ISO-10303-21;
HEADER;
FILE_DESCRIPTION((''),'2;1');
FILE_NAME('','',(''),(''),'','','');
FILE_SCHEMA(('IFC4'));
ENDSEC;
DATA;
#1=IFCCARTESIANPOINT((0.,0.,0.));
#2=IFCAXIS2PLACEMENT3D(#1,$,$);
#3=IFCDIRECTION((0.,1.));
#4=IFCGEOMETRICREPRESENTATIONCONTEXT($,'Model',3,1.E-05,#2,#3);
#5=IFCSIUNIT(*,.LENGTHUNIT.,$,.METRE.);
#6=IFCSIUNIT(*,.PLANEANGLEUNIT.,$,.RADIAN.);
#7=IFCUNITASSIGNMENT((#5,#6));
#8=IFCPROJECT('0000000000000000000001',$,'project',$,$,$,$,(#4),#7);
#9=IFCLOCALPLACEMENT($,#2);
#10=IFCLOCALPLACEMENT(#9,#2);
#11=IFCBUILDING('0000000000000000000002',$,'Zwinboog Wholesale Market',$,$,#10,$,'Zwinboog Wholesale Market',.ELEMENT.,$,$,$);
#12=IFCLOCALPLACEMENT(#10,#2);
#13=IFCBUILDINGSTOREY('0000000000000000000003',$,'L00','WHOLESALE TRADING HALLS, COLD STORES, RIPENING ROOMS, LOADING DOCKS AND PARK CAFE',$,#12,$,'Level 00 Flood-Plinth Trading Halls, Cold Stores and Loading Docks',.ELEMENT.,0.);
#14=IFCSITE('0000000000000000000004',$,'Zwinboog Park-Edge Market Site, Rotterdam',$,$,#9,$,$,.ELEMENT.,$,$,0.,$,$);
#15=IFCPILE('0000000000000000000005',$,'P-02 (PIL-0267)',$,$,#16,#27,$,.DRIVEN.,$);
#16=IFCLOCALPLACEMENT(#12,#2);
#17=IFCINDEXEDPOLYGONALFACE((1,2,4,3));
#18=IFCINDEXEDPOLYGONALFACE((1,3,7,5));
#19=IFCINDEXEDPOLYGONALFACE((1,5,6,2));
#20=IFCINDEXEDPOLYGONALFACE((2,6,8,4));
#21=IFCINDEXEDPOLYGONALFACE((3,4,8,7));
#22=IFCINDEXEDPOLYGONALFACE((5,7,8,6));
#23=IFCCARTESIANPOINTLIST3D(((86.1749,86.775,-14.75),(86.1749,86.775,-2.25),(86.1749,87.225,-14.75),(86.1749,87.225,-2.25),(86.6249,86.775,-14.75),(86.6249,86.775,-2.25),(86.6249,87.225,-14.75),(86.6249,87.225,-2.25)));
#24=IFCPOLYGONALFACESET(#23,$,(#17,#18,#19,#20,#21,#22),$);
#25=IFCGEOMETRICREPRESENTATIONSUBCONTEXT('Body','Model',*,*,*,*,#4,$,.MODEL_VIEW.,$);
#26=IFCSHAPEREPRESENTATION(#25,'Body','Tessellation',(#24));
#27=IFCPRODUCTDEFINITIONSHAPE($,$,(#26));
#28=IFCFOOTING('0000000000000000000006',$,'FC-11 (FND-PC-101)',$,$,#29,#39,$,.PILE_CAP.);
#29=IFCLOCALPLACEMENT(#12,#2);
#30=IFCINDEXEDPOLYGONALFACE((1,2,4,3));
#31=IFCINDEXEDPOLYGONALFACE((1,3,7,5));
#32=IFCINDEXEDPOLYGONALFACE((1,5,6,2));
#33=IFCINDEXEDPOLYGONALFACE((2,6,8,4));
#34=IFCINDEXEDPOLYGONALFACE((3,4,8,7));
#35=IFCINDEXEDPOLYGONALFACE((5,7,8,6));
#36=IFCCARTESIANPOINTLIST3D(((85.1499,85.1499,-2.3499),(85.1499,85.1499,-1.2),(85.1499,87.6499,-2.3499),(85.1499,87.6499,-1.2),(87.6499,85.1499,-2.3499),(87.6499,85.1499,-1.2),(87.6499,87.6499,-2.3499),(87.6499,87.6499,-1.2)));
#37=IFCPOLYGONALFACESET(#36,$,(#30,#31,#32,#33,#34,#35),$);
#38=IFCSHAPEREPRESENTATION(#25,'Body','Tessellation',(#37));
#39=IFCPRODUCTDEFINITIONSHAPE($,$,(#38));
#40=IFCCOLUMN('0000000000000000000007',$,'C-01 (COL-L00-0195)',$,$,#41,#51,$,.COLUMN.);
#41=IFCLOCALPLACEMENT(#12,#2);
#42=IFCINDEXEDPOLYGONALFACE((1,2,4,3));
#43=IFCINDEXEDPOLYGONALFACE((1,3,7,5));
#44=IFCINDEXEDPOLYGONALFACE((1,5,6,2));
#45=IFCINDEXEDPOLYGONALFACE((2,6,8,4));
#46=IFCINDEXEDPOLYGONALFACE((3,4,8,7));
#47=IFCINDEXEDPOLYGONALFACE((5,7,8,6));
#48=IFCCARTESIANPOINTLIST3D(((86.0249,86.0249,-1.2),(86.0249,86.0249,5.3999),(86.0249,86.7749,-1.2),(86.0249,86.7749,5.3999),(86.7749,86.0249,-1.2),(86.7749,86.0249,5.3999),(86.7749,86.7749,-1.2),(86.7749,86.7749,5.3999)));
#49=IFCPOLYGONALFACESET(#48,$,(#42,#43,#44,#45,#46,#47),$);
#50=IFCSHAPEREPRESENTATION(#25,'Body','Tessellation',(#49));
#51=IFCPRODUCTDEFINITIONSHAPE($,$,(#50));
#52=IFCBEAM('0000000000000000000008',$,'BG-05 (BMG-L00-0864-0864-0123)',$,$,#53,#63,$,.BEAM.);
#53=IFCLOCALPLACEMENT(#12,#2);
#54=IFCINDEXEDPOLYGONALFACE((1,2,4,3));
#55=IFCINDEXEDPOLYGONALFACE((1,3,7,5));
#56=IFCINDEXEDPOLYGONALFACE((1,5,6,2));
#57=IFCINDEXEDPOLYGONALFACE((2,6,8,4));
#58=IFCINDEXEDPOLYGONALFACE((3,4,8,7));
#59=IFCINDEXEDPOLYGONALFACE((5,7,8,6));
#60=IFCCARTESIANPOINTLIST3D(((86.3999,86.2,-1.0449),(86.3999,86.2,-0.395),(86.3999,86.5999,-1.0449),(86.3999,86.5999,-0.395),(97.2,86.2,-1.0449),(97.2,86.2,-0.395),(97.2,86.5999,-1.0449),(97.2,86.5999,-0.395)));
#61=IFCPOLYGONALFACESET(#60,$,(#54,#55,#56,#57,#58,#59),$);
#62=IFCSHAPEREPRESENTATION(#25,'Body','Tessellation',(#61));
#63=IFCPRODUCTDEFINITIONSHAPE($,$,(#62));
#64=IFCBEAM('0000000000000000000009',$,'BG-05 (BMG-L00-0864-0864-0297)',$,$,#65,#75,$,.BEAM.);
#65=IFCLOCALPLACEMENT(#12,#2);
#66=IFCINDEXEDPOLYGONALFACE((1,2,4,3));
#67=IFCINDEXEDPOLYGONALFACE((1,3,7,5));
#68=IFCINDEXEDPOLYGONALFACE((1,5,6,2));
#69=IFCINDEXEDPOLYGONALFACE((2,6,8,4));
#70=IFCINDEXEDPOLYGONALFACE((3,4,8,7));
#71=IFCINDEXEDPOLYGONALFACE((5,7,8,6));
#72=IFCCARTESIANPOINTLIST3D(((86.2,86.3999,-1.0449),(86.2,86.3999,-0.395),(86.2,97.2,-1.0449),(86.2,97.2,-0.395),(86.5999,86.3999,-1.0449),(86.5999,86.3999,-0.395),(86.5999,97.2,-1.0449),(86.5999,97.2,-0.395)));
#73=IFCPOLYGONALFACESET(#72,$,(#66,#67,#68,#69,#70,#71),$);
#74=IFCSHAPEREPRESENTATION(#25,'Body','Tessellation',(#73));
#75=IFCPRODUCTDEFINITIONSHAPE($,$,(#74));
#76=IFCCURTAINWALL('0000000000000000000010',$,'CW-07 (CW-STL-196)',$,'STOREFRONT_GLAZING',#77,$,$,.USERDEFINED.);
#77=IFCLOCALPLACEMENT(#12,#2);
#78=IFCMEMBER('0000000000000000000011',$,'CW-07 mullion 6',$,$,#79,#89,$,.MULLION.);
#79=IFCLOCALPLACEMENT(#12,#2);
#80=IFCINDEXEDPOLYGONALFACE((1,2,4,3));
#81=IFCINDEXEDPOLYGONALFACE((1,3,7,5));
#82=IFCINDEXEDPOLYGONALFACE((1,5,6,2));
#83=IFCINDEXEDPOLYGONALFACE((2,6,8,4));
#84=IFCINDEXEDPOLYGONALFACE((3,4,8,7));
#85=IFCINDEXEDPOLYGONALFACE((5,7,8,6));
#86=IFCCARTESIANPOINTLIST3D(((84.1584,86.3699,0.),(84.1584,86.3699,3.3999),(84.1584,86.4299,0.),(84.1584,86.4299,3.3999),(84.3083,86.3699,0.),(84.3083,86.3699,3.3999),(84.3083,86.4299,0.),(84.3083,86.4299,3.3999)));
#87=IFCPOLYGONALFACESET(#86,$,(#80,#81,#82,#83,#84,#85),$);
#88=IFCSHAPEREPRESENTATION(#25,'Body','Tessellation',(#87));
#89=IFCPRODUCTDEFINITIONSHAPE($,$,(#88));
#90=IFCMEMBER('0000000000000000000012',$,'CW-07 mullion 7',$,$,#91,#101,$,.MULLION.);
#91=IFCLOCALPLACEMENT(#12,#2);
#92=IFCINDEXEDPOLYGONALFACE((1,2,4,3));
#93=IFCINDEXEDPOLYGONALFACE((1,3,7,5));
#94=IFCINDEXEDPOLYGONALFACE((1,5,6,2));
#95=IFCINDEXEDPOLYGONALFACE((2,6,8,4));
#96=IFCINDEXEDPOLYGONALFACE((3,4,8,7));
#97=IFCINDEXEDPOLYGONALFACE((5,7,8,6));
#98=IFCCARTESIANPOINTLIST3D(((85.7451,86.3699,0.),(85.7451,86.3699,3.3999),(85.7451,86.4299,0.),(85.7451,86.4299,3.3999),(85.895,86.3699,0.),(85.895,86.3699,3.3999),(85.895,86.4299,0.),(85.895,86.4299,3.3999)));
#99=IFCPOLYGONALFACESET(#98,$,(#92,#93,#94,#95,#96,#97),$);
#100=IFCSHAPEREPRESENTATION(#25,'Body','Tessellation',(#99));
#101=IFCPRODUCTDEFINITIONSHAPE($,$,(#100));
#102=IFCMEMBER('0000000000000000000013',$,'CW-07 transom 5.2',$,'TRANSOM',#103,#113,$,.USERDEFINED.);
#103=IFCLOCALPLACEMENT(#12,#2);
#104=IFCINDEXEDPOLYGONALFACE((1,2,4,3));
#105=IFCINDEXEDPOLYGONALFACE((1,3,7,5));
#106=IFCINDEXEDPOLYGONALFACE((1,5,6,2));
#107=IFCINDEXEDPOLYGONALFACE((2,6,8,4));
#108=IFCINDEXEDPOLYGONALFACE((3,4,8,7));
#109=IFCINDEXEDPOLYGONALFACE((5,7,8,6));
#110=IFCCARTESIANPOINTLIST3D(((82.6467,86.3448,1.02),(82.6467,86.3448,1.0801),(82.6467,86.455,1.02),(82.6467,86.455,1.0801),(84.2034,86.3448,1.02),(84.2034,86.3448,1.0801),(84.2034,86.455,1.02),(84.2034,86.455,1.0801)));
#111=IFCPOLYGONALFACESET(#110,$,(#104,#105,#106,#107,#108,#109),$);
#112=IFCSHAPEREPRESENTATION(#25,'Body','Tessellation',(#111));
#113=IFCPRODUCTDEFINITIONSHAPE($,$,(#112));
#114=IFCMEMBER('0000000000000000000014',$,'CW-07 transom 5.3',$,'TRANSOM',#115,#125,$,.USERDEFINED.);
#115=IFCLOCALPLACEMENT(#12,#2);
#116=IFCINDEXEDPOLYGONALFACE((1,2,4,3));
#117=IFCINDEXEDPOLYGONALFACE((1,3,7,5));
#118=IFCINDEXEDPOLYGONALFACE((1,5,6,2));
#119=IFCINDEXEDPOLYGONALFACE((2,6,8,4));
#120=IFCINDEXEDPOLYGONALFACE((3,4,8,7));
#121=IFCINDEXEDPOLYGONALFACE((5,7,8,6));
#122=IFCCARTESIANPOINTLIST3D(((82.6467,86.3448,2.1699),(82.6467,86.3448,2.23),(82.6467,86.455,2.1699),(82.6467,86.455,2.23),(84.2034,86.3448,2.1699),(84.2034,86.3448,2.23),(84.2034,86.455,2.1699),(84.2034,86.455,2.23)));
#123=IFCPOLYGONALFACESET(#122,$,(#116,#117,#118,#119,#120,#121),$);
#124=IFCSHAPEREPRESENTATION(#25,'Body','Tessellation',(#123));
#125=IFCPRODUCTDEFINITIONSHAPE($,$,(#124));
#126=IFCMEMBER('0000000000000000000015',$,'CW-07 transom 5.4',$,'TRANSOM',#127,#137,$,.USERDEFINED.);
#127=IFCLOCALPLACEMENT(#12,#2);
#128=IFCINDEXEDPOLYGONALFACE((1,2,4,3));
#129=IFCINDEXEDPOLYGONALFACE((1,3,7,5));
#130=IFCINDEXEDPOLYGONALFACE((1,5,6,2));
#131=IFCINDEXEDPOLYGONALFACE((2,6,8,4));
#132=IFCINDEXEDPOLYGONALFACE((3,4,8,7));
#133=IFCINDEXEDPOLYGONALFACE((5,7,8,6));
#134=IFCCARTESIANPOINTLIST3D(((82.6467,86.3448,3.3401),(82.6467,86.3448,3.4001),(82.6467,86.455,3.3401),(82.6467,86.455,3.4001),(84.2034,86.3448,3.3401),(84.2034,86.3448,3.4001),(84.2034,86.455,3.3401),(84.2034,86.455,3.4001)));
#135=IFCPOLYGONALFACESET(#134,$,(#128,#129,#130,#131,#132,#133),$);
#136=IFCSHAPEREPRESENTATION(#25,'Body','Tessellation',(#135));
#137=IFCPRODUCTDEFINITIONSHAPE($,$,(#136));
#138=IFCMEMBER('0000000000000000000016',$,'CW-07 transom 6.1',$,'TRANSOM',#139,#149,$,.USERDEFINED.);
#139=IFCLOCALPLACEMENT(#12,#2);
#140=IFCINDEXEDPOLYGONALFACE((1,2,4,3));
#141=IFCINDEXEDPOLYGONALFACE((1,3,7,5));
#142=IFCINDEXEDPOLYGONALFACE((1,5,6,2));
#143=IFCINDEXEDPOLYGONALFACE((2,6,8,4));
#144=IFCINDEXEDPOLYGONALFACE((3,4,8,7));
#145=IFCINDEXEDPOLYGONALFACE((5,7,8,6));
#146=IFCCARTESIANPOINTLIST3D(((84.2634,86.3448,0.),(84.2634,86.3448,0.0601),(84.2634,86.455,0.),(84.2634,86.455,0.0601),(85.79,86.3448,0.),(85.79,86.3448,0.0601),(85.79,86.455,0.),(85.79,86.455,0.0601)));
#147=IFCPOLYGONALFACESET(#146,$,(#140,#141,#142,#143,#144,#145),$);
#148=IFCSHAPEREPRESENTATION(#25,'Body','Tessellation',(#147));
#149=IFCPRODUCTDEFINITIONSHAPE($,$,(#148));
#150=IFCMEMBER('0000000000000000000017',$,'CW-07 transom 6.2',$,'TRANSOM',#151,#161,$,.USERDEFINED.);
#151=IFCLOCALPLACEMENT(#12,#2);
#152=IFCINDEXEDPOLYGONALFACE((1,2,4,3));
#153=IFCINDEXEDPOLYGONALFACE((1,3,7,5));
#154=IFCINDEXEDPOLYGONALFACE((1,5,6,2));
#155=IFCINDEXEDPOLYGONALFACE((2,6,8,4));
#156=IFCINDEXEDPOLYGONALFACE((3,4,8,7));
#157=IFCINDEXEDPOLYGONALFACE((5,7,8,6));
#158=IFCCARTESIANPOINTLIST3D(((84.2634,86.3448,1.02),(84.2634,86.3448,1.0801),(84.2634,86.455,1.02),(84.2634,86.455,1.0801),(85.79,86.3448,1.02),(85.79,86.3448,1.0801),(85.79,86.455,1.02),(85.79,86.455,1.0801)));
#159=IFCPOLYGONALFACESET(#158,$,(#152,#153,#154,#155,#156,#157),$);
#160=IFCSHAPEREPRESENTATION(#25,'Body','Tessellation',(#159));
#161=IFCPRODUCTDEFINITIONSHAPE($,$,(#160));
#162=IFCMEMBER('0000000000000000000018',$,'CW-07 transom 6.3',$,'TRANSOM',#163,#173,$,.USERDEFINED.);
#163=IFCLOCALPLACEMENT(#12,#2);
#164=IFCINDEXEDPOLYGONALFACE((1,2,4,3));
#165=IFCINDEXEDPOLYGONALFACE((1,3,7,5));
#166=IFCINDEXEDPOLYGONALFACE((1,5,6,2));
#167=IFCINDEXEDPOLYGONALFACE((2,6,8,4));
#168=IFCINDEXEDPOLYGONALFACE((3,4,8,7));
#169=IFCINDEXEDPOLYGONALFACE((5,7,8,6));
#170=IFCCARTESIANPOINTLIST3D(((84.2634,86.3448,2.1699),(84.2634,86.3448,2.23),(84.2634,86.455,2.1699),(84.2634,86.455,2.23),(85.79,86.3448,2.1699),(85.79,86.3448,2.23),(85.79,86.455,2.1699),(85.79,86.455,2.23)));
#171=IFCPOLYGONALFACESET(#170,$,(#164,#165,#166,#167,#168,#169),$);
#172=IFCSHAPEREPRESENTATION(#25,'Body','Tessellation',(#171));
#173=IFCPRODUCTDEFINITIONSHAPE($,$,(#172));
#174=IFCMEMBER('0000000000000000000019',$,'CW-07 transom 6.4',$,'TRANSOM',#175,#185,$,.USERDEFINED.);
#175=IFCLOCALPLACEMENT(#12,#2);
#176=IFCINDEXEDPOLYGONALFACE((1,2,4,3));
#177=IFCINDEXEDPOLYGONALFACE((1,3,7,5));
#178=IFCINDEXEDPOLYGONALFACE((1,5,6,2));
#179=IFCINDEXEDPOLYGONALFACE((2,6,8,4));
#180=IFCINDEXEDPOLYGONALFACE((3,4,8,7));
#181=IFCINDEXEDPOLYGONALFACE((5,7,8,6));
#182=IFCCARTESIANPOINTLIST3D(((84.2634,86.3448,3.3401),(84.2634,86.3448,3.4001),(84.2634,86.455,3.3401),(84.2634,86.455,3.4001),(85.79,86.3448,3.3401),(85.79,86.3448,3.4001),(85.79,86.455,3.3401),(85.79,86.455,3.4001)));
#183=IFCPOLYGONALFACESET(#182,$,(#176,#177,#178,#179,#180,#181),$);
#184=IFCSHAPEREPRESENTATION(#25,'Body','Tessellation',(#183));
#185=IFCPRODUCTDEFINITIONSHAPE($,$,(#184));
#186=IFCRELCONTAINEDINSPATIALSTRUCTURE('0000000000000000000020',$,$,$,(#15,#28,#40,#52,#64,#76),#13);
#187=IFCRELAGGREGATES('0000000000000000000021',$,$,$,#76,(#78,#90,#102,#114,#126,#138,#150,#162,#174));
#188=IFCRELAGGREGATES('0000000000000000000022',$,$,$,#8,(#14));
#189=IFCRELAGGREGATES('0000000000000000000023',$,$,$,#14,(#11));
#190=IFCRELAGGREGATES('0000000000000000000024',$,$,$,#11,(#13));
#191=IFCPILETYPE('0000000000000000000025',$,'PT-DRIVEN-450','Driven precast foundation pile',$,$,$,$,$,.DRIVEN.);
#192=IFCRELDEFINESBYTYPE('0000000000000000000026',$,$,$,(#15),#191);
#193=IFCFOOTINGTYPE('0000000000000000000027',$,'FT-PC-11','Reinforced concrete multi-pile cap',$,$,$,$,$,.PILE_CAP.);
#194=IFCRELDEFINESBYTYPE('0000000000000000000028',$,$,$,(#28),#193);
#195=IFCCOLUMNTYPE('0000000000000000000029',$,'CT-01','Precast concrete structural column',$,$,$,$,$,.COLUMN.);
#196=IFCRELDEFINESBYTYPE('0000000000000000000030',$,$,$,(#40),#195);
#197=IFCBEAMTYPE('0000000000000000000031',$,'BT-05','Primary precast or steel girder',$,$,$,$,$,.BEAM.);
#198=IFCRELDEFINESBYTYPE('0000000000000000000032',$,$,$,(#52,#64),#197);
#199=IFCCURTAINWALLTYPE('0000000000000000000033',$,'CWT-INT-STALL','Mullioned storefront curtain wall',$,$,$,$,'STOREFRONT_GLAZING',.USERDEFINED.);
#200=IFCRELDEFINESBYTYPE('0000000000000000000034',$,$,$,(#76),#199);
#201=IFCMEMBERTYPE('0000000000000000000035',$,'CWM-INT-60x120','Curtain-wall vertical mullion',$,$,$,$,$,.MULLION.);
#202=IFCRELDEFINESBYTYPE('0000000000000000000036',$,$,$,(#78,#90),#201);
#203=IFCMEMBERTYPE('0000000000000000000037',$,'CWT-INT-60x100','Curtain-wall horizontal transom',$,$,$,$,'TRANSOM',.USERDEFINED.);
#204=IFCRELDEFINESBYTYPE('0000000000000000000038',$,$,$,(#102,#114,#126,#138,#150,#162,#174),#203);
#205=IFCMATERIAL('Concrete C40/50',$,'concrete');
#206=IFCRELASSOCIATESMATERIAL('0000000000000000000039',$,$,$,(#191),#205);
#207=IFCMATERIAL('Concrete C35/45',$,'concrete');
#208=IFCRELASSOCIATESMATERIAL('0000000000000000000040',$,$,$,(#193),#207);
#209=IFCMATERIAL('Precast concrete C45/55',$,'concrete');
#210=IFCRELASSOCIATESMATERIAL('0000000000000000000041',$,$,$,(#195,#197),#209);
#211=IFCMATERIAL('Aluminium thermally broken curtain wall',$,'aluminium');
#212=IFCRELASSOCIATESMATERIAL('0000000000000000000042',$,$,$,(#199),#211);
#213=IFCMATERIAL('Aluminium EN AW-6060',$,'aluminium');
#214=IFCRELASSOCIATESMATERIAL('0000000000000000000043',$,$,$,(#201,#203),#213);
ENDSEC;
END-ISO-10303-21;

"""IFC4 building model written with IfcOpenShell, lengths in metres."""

from ifc_helpers import new_model, si_unit, direction, frame, origin, origin_2d, place, context, subcontext, project, spatial, rectangle, extrude, material, material_profile, profile_set, type_object, element, aggregate, save


model = new_model("IFC4")

# Units and contexts
model_context = context("Model", 3, precision=1e-05, world=origin(), true_north=direction((0.0, 1.0)))
body_context = subcontext(model_context, "Body", "Model", "MODEL_VIEW")
ifc_project = project(units=[si_unit("LENGTHUNIT", "METRE"), si_unit("PLANEANGLEUNIT", "RADIAN")], contexts=[model_context])

# Site, building, storey
site_placement = place(None, origin())
site = spatial("IfcSite", under=ifc_project, at=site_placement, Name="Zwinboog Park-Edge Market Site, Rotterdam", CompositionType="ELEMENT", RefElevation=0.0)
building_placement = place(site_placement, origin())
building = spatial("IfcBuilding", under=site, at=building_placement, Name="Zwinboog Wholesale Market", LongName="Zwinboog Wholesale Market", CompositionType="ELEMENT")
storey_placement = place(building_placement, origin())
storey = spatial("IfcBuildingStorey", under=building, at=storey_placement, Name="L00", Description="WHOLESALE TRADING HALLS, COLD STORES, RIPENING ROOMS, LOADING DOCKS AND PARK CAFE", LongName="Level 00 Flood-Plinth Trading Halls, Cold Stores and Loading Docks", CompositionType="ELEMENT", Elevation=0.0)

# Pile
ifc_material_1 = material(Name="Concrete C40/50", Category="concrete")
ifc_material_profile_1 = material_profile(ifc_material_1, rectangle(XDim=0.45, YDim=0.45, at=origin_2d()), Name="PILE SQ450")
ifc_profile_set_1 = profile_set([ifc_material_profile_1], Name="Concrete C40/50")
pile_type = type_object("IfcPileType", Name="PT-DRIVEN-450", Description="Driven precast foundation pile", PredefinedType="DRIVEN", material=ifc_profile_set_1)
pile_placement = place(storey_placement, frame((86.3999, 87.0, -2.25), z_axis=(0.0, 0.0, -1.0), x_axis=(1.0, 0.0, 0.0)))
element("IfcPile", 1, at=pile_placement, inside=storey, type_object=pile_type, Name="P-02 (PIL-0267)", PredefinedType="DRIVEN", context=body_context, shape_type="SweptSolid", body=[
    extrude(rectangle(XDim=0.45, YDim=0.45, at=origin_2d()), origin(), (0.0, 0.0, 1.0), 12.5),
])

# Footing
ifc_material_2 = material(Name="Concrete C35/45", Category="concrete")
footing_type = type_object("IfcFootingType", Name="FT-PC-11", Description="Reinforced concrete multi-pile cap", PredefinedType="PILE_CAP", material=ifc_material_2)
footing_placement = place(storey_placement, frame((86.3999, 86.3999, -2.3499), z_axis=(0.0, 0.0, 1.0), x_axis=(1.0, 0.0, 0.0)))
element("IfcFooting", 2, at=footing_placement, inside=storey, type_object=footing_type, Name="FC-11 (FND-PC-101)", PredefinedType="PILE_CAP", context=body_context, shape_type="SweptSolid", body=[
    extrude(rectangle(XDim=2.5, YDim=2.5, at=origin_2d()), origin(), (0.0, 0.0, 1.0), 1.1499),
])

# Column
ifc_material_3 = material(Name="Precast concrete C45/55", Category="concrete")
ifc_material_profile_2 = material_profile(ifc_material_3, rectangle(XDim=0.75, YDim=0.75, at=origin_2d()), Name="PC 750x750")
ifc_profile_set_2 = profile_set([ifc_material_profile_2], Name="Precast concrete C45/55")
column_type = type_object("IfcColumnType", Name="CT-01", Description="Precast concrete structural column", PredefinedType="COLUMN", material=ifc_profile_set_2)
column_placement = place(storey_placement, frame((86.3999, 86.3999, -1.2), z_axis=(0.0, 0.0, 1.0), x_axis=(1.0, 0.0, 0.0)))
element("IfcColumn", 3, at=column_placement, inside=storey, type_object=column_type, Name="C-01 (COL-L00-0195)", PredefinedType="COLUMN", context=body_context, shape_type="SweptSolid", body=[
    extrude(rectangle(XDim=0.75, YDim=0.75, at=origin_2d()), origin(), (0.0, 0.0, 1.0), 6.5999),
])

# Beams
ifc_material_profile_3 = material_profile(ifc_material_3, rectangle(XDim=0.3999, YDim=0.6499, at=origin_2d()), Name="PC 400x650")
ifc_profile_set_3 = profile_set([ifc_material_profile_3], Name="Precast concrete C45/55")
beam_type = type_object("IfcBeamType", Name="BT-05", Description="Primary precast or steel girder", PredefinedType="BEAM", material=ifc_profile_set_3)
for number, where, z_axis, x_axis, name in (
    (4, (86.3999, 86.3999, -0.72), (1.0, 0.0, 0.0), (0.0, 1.0, 0.0), "BG-05 (BMG-L00-0864-0864-0123)"),
    (5, (86.3999, 86.3999, -0.72), (0.0, 1.0, 0.0), (-1.0, 0.0, 0.0), "BG-05 (BMG-L00-0864-0864-0297)"),
):
    element("IfcBeam", number, at=place(storey_placement, frame(where, z_axis=z_axis, x_axis=x_axis)), inside=storey, type_object=beam_type, Name=name, PredefinedType="BEAM", context=body_context, shape_type="SweptSolid", body=[
        extrude(rectangle(XDim=0.3999, YDim=0.6499, at=origin_2d()), origin(), (0.0, 0.0, 1.0), 10.8),
    ])

# Curtain wall, members
ifc_material_4 = material(Name="Aluminium thermally broken curtain wall", Category="aluminium")
curtain_wall_type = type_object("IfcCurtainWallType", Name="CWT-INT-STALL", Description="Mullioned storefront curtain wall", ElementType="STOREFRONT_GLAZING", PredefinedType="USERDEFINED", material=ifc_material_4)
curtain_wall_1_placement = place(storey_placement, origin())
curtain_wall_1 = element("IfcCurtainWall", 6, at=curtain_wall_1_placement, inside=storey, type_object=curtain_wall_type, Name="CW-07 (CW-STL-196)", ObjectType="STOREFRONT_GLAZING", PredefinedType="USERDEFINED")
ifc_material_5 = material(Name="Aluminium EN AW-6060", Category="aluminium")
ifc_material_profile_4 = material_profile(ifc_material_5, rectangle(XDim=0.0601, YDim=0.1499, at=origin_2d()), Name="AL 60x150")
ifc_profile_set_4 = profile_set([ifc_material_profile_4], Name="Aluminium EN AW-6060")
member_type_1 = type_object("IfcMemberType", Name="CWM-INT-60x120", Description="Curtain-wall vertical mullion", PredefinedType="MULLION", material=ifc_profile_set_4)
member_1_placement = place(storey_placement, frame((84.2334, 86.3999, 0.0), z_axis=(0.0, 0.0, 1.0), x_axis=(0.0, 1.0, 0.0)))
member_1 = element("IfcMember", 7, at=member_1_placement, type_object=member_type_1, Name="CW-07 mullion 6", PredefinedType="MULLION", context=body_context, shape_type="SweptSolid", body=[
    extrude(rectangle(XDim=0.0601, YDim=0.1499, at=origin_2d()), origin(), (0.0, 0.0, 1.0), 3.3999),
])
member_2_placement = place(storey_placement, frame((85.8201, 86.3999, 0.0), z_axis=(0.0, 0.0, 1.0), x_axis=(0.0, 1.0, 0.0)))
member_2 = element("IfcMember", 8, at=member_2_placement, type_object=member_type_1, Name="CW-07 mullion 7", PredefinedType="MULLION", context=body_context, shape_type="SweptSolid", body=[
    extrude(rectangle(XDim=0.0601, YDim=0.1499, at=origin_2d()), origin(), (0.0, 0.0, 1.0), 3.3999),
])
ifc_material_profile_5 = material_profile(ifc_material_5, rectangle(XDim=0.1101, YDim=0.0601, at=origin_2d()), Name="AL 60x110")
ifc_profile_set_5 = profile_set([ifc_material_profile_5], Name="Aluminium EN AW-6060")
member_type_2 = type_object("IfcMemberType", Name="CWT-INT-60x100", Description="Curtain-wall horizontal transom", ElementType="TRANSOM", PredefinedType="USERDEFINED", material=ifc_profile_set_5)
member_3_placement = place(storey_placement, frame((82.6467, 86.3999, 1.05), z_axis=(1.0, 0.0, 0.0), x_axis=(0.0, 1.0, 0.0)))
member_3 = element("IfcMember", 9, at=member_3_placement, type_object=member_type_2, Name="CW-07 transom 5.2", ObjectType="TRANSOM", PredefinedType="USERDEFINED", context=body_context, shape_type="SweptSolid", body=[
    extrude(rectangle(XDim=0.1101, YDim=0.0601, at=origin_2d()), origin(), (0.0, 0.0, 1.0), 1.5566),
])
member_4_placement = place(storey_placement, frame((82.6467, 86.3999, 2.2), z_axis=(1.0, 0.0, 0.0), x_axis=(0.0, 1.0, 0.0)))
member_4 = element("IfcMember", 10, at=member_4_placement, type_object=member_type_2, Name="CW-07 transom 5.3", ObjectType="TRANSOM", PredefinedType="USERDEFINED", context=body_context, shape_type="SweptSolid", body=[
    extrude(rectangle(XDim=0.1101, YDim=0.0601, at=origin_2d()), origin(), (0.0, 0.0, 1.0), 1.5566),
])
member_5_placement = place(storey_placement, frame((82.6467, 86.3999, 3.3701), z_axis=(1.0, 0.0, 0.0), x_axis=(0.0, 1.0, 0.0)))
member_5 = element("IfcMember", 11, at=member_5_placement, type_object=member_type_2, Name="CW-07 transom 5.4", ObjectType="TRANSOM", PredefinedType="USERDEFINED", context=body_context, shape_type="SweptSolid", body=[
    extrude(rectangle(XDim=0.1101, YDim=0.0601, at=origin_2d()), origin(), (0.0, 0.0, 1.0), 1.5566),
])
member_6_placement = place(storey_placement, frame((84.2634, 86.3999, 0.03), z_axis=(1.0, 0.0, 0.0), x_axis=(0.0, 1.0, 0.0)))
member_6 = element("IfcMember", 12, at=member_6_placement, type_object=member_type_2, Name="CW-07 transom 6.1", ObjectType="TRANSOM", PredefinedType="USERDEFINED", context=body_context, shape_type="SweptSolid", body=[
    extrude(rectangle(XDim=0.1101, YDim=0.0601, at=origin_2d()), origin(), (0.0, 0.0, 1.0), 1.5266),
])
member_7_placement = place(storey_placement, frame((84.2634, 86.3999, 1.05), z_axis=(1.0, 0.0, 0.0), x_axis=(0.0, 1.0, 0.0)))
member_7 = element("IfcMember", 13, at=member_7_placement, type_object=member_type_2, Name="CW-07 transom 6.2", ObjectType="TRANSOM", PredefinedType="USERDEFINED", context=body_context, shape_type="SweptSolid", body=[
    extrude(rectangle(XDim=0.1101, YDim=0.0601, at=origin_2d()), origin(), (0.0, 0.0, 1.0), 1.5266),
])
member_8_placement = place(storey_placement, frame((84.2634, 86.3999, 2.2), z_axis=(1.0, 0.0, 0.0), x_axis=(0.0, 1.0, 0.0)))
member_8 = element("IfcMember", 14, at=member_8_placement, type_object=member_type_2, Name="CW-07 transom 6.3", ObjectType="TRANSOM", PredefinedType="USERDEFINED", context=body_context, shape_type="SweptSolid", body=[
    extrude(rectangle(XDim=0.1101, YDim=0.0601, at=origin_2d()), origin(), (0.0, 0.0, 1.0), 1.5266),
])
member_9_placement = place(storey_placement, frame((84.2634, 86.3999, 3.3701), z_axis=(1.0, 0.0, 0.0), x_axis=(0.0, 1.0, 0.0)))
member_9 = element("IfcMember", 15, at=member_9_placement, type_object=member_type_2, Name="CW-07 transom 6.4", ObjectType="TRANSOM", PredefinedType="USERDEFINED", context=body_context, shape_type="SweptSolid", body=[
    extrude(rectangle(XDim=0.1101, YDim=0.0601, at=origin_2d()), origin(), (0.0, 0.0, 1.0), 1.5266),
])
aggregate(curtain_wall_1, [member_1, member_2, member_3, member_4, member_5, member_6, member_7, member_8, member_9])

save(model, "model.ifc")
